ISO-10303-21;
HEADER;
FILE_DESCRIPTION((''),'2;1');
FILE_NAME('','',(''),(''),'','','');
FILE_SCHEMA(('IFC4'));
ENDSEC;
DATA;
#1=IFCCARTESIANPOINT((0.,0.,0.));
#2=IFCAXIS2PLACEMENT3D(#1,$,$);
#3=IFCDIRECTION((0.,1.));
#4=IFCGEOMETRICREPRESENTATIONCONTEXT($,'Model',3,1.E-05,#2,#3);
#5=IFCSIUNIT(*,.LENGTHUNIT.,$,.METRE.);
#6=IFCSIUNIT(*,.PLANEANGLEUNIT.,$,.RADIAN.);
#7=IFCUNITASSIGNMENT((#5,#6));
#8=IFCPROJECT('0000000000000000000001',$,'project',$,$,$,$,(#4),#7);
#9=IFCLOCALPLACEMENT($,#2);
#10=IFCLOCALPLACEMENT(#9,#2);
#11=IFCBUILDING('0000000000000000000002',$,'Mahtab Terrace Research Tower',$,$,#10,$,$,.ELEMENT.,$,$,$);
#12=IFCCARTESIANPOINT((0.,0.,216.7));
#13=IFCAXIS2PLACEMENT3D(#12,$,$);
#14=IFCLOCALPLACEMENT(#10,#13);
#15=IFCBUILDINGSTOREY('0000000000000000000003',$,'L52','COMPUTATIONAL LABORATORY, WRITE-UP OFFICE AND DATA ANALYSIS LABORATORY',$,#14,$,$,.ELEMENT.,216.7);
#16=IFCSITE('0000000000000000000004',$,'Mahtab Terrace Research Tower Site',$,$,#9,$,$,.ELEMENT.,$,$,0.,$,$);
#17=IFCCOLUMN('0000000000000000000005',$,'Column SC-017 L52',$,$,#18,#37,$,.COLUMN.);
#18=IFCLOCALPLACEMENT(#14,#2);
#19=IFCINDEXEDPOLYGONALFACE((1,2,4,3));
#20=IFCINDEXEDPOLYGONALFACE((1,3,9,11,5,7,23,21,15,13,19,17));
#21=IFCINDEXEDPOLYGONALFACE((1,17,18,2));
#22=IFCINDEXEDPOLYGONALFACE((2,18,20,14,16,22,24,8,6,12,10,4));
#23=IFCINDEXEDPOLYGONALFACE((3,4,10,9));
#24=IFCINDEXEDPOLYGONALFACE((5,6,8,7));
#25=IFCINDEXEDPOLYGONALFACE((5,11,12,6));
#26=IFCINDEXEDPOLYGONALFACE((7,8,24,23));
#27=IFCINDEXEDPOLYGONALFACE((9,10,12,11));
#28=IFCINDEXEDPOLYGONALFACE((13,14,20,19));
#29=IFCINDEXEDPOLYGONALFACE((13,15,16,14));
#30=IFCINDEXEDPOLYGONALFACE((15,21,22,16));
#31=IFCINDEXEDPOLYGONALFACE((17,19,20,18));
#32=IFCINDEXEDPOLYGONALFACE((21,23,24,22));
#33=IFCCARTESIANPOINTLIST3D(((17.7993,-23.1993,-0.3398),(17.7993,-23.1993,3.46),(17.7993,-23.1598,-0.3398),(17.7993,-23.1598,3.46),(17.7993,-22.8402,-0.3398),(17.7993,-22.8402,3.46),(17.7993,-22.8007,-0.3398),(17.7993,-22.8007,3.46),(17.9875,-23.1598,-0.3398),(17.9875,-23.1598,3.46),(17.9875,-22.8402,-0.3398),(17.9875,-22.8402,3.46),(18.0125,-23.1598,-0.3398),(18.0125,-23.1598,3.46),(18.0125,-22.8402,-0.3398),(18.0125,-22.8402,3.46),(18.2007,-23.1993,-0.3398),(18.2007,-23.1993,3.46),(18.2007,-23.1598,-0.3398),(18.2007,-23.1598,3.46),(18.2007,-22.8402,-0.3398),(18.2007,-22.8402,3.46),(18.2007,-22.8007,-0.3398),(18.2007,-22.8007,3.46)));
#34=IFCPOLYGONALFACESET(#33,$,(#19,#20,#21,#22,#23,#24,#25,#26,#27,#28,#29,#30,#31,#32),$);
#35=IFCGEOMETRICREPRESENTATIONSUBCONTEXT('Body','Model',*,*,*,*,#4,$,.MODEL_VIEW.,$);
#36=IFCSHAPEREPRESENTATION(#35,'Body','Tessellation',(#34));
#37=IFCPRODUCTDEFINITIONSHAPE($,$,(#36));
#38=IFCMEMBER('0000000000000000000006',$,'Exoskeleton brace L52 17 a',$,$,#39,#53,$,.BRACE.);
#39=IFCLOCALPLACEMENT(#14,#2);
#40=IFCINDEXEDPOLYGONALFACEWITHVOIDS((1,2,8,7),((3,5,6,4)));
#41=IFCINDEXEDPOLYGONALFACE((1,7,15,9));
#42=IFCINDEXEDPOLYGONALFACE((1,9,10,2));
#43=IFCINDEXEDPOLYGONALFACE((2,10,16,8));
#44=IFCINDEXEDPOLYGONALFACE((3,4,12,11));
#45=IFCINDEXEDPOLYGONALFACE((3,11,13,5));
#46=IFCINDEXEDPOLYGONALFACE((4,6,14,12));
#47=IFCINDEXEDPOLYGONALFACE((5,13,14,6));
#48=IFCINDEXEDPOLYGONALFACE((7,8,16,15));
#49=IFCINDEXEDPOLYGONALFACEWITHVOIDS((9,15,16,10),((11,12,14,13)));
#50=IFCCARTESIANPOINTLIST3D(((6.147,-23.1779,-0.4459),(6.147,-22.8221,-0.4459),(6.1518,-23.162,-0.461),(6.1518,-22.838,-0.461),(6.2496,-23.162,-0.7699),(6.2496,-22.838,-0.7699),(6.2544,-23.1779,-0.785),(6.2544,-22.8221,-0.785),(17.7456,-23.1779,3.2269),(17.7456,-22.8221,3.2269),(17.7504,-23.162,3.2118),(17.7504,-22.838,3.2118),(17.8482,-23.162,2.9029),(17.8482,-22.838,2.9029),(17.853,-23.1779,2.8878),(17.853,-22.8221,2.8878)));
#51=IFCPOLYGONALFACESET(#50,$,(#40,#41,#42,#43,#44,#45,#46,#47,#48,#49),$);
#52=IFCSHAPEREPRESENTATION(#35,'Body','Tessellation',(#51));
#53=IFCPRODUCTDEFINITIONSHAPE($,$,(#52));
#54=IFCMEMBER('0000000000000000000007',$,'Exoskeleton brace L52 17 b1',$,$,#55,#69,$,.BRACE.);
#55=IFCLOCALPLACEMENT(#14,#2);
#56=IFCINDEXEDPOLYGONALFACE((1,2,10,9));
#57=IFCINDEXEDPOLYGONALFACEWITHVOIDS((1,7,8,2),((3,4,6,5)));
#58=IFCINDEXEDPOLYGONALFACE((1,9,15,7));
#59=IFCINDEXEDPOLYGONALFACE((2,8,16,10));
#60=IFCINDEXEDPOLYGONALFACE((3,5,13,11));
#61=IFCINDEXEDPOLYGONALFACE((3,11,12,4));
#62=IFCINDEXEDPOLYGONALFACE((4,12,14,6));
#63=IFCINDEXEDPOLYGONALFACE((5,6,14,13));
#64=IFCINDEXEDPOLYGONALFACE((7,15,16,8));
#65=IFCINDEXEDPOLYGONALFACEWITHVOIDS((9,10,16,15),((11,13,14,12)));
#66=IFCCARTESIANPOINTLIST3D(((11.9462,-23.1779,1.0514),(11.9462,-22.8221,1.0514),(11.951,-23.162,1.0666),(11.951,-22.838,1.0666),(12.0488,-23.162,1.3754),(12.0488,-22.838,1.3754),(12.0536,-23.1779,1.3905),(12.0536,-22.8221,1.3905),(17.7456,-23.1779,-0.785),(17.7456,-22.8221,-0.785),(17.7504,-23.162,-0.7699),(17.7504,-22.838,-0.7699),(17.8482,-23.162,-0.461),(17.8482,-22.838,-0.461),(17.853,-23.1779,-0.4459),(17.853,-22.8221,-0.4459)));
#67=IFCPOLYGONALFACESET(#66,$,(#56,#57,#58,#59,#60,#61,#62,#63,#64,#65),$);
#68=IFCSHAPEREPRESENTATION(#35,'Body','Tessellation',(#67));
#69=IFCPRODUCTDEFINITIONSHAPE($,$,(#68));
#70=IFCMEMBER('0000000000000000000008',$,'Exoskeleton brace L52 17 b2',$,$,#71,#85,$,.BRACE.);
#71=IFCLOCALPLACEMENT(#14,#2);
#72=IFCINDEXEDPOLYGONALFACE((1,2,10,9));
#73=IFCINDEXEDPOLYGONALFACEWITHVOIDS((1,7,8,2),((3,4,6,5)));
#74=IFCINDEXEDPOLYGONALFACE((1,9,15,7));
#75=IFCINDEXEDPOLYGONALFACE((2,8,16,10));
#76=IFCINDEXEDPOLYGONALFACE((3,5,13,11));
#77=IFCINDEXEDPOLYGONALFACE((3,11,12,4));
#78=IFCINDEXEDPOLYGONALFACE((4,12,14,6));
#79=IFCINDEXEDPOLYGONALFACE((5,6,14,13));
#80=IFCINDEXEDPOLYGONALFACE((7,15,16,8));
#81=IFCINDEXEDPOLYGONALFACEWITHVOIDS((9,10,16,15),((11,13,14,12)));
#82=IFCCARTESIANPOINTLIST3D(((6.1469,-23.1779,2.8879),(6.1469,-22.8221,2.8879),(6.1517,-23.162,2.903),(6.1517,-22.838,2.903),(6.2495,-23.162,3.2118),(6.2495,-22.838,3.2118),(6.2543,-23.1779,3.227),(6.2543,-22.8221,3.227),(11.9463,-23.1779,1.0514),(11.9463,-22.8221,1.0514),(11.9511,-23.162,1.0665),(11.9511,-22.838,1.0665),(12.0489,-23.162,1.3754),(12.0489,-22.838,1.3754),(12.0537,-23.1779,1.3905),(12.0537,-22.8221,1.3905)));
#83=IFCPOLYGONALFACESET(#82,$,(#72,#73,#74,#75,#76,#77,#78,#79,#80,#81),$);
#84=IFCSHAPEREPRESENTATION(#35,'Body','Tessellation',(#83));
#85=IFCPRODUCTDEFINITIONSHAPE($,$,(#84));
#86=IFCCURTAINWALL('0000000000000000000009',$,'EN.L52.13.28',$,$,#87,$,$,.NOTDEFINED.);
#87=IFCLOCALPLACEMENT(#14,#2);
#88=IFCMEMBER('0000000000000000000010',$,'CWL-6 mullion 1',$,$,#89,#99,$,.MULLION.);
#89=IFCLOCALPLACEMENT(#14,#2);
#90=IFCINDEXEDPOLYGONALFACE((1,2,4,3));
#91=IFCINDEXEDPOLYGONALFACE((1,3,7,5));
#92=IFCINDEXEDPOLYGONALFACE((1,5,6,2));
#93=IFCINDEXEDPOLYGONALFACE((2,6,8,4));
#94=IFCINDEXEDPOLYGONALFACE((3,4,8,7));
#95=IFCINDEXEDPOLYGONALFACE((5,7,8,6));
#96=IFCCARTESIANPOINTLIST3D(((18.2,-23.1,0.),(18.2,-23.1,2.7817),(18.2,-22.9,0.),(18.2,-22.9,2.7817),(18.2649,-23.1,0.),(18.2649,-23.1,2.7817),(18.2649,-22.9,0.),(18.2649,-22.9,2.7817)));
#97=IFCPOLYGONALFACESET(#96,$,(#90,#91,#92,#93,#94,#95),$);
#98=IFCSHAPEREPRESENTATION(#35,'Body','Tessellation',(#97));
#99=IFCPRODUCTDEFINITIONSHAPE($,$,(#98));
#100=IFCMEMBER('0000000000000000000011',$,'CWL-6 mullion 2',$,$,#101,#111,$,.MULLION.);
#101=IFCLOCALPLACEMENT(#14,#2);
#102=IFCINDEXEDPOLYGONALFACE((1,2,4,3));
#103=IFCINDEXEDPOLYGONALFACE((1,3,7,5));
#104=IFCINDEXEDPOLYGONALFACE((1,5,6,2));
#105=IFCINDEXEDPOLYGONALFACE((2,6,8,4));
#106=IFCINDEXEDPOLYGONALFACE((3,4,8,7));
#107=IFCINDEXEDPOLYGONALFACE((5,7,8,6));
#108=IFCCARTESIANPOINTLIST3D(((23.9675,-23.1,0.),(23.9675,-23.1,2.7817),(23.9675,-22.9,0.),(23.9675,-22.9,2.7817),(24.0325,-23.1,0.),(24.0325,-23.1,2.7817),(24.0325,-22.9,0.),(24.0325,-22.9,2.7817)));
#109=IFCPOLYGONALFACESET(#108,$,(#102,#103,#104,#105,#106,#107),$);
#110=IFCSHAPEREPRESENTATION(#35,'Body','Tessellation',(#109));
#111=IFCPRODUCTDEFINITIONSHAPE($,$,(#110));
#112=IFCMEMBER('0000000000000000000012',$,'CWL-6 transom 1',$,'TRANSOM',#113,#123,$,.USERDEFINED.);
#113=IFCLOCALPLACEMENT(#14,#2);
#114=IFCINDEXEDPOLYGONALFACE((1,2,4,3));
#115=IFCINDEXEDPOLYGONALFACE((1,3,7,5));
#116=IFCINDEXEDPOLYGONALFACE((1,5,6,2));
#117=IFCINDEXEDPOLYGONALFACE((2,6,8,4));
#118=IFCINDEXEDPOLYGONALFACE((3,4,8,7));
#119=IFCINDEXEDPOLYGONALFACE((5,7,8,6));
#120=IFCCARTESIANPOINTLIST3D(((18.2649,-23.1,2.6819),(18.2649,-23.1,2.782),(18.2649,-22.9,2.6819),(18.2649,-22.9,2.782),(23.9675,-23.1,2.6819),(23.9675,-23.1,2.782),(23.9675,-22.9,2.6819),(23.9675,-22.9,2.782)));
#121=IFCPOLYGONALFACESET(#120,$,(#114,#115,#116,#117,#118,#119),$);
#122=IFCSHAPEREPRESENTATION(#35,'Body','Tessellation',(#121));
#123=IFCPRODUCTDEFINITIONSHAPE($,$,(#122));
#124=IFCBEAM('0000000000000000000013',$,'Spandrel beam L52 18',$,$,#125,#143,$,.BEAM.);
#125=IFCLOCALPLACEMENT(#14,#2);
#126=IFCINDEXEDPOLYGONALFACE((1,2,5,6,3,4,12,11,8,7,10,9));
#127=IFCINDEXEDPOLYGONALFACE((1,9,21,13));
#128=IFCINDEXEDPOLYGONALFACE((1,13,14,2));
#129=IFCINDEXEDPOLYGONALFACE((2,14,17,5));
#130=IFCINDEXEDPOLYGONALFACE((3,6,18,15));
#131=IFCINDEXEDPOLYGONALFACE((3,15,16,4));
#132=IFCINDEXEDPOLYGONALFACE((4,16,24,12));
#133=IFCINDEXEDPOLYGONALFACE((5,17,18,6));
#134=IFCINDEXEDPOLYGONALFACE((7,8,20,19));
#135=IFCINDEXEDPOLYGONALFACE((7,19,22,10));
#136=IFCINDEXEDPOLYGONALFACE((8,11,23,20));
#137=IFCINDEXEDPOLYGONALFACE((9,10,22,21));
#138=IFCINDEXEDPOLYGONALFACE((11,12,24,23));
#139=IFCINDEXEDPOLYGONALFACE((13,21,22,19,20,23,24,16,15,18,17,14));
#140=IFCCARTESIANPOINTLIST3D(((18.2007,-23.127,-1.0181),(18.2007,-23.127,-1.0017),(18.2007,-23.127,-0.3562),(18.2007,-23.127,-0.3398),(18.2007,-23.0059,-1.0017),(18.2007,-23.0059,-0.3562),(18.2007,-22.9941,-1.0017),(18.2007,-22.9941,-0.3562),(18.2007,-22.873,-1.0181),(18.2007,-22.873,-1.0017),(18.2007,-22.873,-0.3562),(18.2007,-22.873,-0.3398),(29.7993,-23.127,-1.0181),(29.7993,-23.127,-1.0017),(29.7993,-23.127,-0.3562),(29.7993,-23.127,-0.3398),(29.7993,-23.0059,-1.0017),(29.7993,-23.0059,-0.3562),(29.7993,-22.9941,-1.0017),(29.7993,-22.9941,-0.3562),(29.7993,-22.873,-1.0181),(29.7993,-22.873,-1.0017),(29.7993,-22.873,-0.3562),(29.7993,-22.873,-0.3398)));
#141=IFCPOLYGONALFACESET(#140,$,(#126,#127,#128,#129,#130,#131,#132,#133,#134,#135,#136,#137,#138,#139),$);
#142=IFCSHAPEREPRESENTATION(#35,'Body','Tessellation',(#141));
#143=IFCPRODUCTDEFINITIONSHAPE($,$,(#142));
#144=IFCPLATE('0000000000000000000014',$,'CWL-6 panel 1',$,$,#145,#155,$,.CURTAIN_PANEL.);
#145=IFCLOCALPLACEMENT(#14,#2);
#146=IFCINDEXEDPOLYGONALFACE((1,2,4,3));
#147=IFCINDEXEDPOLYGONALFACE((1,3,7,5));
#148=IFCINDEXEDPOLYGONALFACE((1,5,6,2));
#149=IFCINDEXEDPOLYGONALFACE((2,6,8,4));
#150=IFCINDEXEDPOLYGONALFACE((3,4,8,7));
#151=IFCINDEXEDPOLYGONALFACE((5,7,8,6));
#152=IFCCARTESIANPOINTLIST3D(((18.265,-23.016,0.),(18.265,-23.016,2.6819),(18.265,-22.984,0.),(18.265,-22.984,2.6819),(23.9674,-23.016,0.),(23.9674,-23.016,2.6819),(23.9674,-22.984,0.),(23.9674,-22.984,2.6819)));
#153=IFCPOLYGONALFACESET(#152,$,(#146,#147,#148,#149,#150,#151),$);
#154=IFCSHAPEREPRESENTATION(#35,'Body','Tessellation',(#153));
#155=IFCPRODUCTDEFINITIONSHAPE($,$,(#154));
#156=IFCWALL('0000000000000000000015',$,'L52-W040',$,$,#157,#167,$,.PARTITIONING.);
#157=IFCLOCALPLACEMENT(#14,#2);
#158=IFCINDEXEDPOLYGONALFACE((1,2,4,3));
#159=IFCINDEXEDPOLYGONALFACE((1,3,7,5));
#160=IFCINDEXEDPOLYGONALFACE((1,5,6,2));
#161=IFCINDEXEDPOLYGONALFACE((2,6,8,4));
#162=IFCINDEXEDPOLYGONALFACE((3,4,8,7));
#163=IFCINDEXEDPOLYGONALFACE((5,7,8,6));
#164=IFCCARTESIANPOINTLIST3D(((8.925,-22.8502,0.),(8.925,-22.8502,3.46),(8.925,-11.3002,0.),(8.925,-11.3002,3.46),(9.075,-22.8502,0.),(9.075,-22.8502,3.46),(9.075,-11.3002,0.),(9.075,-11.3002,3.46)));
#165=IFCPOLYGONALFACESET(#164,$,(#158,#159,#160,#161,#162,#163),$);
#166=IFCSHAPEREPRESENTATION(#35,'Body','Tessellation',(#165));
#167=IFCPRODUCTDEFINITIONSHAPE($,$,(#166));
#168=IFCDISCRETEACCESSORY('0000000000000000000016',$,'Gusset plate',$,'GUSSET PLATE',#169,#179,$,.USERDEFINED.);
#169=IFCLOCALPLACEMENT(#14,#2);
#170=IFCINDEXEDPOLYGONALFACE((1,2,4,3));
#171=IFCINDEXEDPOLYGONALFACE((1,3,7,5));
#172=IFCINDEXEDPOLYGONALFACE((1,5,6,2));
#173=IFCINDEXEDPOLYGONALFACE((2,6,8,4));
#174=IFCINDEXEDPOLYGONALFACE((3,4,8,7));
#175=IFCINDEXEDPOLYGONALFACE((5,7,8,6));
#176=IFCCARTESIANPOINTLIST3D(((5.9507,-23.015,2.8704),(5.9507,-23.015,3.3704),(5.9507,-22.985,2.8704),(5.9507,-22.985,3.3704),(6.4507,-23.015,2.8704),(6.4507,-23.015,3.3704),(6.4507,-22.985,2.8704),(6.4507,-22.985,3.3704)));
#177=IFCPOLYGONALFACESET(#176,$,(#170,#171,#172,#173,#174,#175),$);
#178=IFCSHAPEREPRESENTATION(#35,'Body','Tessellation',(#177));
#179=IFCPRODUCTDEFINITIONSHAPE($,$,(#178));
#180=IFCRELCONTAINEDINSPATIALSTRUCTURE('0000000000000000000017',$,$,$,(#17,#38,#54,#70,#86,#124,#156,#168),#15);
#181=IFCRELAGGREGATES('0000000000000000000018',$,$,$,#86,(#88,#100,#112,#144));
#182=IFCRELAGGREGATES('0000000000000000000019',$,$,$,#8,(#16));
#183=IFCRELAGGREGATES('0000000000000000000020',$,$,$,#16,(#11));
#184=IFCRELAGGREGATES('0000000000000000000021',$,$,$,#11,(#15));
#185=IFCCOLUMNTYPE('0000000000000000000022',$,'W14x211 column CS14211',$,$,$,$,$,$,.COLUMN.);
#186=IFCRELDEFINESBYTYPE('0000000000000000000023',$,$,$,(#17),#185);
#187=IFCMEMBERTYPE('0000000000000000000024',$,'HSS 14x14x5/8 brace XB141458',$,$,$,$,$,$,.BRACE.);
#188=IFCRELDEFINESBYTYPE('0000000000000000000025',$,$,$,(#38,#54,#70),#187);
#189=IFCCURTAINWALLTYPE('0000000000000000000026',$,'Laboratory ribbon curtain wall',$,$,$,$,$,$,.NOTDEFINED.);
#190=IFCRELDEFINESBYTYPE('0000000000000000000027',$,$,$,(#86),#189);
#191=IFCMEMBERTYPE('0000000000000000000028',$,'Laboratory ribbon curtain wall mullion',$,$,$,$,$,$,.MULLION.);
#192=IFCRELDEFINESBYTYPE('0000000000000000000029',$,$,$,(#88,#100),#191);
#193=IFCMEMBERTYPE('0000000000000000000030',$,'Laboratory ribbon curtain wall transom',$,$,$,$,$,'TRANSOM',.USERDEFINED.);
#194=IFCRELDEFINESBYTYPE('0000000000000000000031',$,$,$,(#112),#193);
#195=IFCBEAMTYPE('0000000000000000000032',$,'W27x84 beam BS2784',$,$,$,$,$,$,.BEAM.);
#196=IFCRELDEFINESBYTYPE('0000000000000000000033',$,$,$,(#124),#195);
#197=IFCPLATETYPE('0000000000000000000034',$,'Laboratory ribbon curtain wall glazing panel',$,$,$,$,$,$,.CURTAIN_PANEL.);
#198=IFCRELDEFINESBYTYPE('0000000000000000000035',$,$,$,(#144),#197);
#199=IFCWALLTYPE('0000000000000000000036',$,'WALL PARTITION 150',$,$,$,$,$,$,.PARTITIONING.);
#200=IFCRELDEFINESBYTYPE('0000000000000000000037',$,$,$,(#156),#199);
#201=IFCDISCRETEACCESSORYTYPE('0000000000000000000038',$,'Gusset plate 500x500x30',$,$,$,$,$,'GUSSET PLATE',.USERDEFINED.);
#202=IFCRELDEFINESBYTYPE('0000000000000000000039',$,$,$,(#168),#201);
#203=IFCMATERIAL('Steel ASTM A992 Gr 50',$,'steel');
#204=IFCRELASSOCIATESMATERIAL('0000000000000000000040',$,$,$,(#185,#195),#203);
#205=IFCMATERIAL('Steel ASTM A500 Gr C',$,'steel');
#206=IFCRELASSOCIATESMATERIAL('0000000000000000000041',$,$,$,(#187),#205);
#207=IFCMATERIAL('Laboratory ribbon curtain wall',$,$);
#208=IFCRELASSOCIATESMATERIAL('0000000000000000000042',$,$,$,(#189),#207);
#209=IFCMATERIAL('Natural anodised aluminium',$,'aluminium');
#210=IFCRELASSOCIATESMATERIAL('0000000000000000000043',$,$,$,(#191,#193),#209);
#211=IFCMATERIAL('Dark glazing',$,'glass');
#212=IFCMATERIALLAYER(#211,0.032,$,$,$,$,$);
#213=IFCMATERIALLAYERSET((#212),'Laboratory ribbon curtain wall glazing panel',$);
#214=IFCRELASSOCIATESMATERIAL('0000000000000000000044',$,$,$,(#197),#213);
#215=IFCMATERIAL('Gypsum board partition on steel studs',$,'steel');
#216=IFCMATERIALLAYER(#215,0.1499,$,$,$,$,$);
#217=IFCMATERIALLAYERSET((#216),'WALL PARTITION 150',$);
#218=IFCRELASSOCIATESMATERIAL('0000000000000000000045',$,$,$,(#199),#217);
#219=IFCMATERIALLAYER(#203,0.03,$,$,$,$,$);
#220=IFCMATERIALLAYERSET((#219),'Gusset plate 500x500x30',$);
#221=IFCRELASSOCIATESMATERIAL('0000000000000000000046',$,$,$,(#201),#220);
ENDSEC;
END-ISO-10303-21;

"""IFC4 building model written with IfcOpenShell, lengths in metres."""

from ifc_helpers import new_model, si_unit, direction, frame, frame_2d, origin, origin_2d, place, context, subcontext, project, spatial, rectangle, hollow_rectangle, i_section, extrude, material, layer, layer_set, material_profile, profile_set, type_object, element, aggregate, save


model = new_model("IFC4")

# Units and contexts
model_context = context("Model", 3, precision=1e-05, world=origin(), true_north=direction((0.0, 1.0)))
body_context = subcontext(model_context, "Body", "Model", "MODEL_VIEW")
ifc_project = project(units=[si_unit("LENGTHUNIT", "METRE"), si_unit("PLANEANGLEUNIT", "RADIAN")], contexts=[model_context])

# Site, building, storey
site_placement = place(None, origin())
site = spatial("IfcSite", under=ifc_project, at=site_placement, Name="Mahtab Terrace Research Tower Site", CompositionType="ELEMENT", RefElevation=0.0)
building_placement = place(site_placement, origin())
building = spatial("IfcBuilding", under=site, at=building_placement, Name="Mahtab Terrace Research Tower", CompositionType="ELEMENT")
storey_placement = place(building_placement, frame((0.0, 0.0, 216.7)))
storey = spatial("IfcBuildingStorey", under=building, at=storey_placement, Name="L52", Description="COMPUTATIONAL LABORATORY, WRITE-UP OFFICE AND DATA ANALYSIS LABORATORY", CompositionType="ELEMENT", Elevation=216.7)

# Column
ifc_material_1 = material(Name="Steel ASTM A992 Gr 50", Category="steel")
ifc_material_profile_1 = material_profile(ifc_material_1, i_section(OverallWidth=0.4014, OverallDepth=0.3987, WebThickness=0.0249, FlangeThickness=0.0396, at=origin_2d()), Name="W14X211")
ifc_profile_set_1 = profile_set([ifc_material_profile_1], Name="Steel ASTM A992 Gr 50")
column_type = type_object("IfcColumnType", Name="W14x211 column CS14211", PredefinedType="COLUMN", material=ifc_profile_set_1)
column_placement = place(storey_placement, frame((18.0, -23.0, -0.3398), z_axis=(0.0, 0.0, 1.0), x_axis=(1.0, 0.0, 0.0)))
element("IfcColumn", 1, at=column_placement, inside=storey, type_object=column_type, Name="Column SC-017 L52", PredefinedType="COLUMN", context=body_context, shape_type="SweptSolid", body=[
    extrude(i_section(OverallWidth=0.4014, OverallDepth=0.3987, WebThickness=0.0249, FlangeThickness=0.0396, at=origin_2d()), origin(), (0.0, 0.0, 1.0), 3.7998),
])

# Members
ifc_material_2 = material(Name="Steel ASTM A500 Gr C", Category="steel")
ifc_material_profile_2 = material_profile(ifc_material_2, hollow_rectangle(XDim=0.3557, YDim=0.3557, WallThickness=0.0159, at=origin_2d()), Name="HSS14X14X5/8")
ifc_profile_set_2 = profile_set([ifc_material_profile_2], Name="Steel ASTM A500 Gr C")
member_type_1 = type_object("IfcMemberType", Name="HSS 14x14x5/8 brace XB141458", PredefinedType="BRACE", material=ifc_profile_set_2)
member_1_placement = place(storey_placement, frame((6.2007, -23.0, -0.6155), z_axis=(0.953343, 0.0, 0.301888), x_axis=(0.0, 1.0, 0.0)))
element("IfcMember", 2, at=member_1_placement, inside=storey, type_object=member_type_1, Name="Exoskeleton brace L52 17 a", PredefinedType="BRACE", context=body_context, shape_type="SweptSolid", body=[
    extrude(hollow_rectangle(XDim=0.3557, YDim=0.3557, WallThickness=0.0159, at=origin_2d()), origin(), (0.0, 0.0, 1.0), 12.1663),
])
for number, where, z_axis, x_axis, name in (
    (3, (17.7993, -23.0, -0.6155), (-0.953343, 0.0, 0.301888), (0.0, -1.0, 0.0), "Exoskeleton brace L52 17 b1"),
    (4, (12.0, -23.0, 1.2209), (-0.953343, 0.0, 0.301888), (0.0, -1.0, 0.0), "Exoskeleton brace L52 17 b2"),
):
    element("IfcMember", number, at=place(storey_placement, frame(where, z_axis=z_axis, x_axis=x_axis)), inside=storey, type_object=member_type_1, Name=name, PredefinedType="BRACE", context=body_context, shape_type="SweptSolid", body=[
        extrude(hollow_rectangle(XDim=0.3557, YDim=0.3557, WallThickness=0.0159, at=origin_2d()), origin(), (0.0, 0.0, 1.0), 6.0833),
    ])

# Curtain wall, members
ifc_material_3 = material(Name="Laboratory ribbon curtain wall")
curtain_wall_type = type_object("IfcCurtainWallType", Name="Laboratory ribbon curtain wall", PredefinedType="NOTDEFINED", material=ifc_material_3)
curtain_wall_placement = place(storey_placement, origin())
curtain_wall = element("IfcCurtainWall", 5, at=curtain_wall_placement, inside=storey, type_object=curtain_wall_type, Name="EN.L52.13.28", PredefinedType="NOTDEFINED")
ifc_material_4 = material(Name="Natural anodised aluminium", Category="aluminium")
ifc_material_profile_3 = material_profile(ifc_material_4, rectangle(XDim=0.2, YDim=0.0649, at=origin_2d()), Name="MULLION 65x200")
ifc_profile_set_3 = profile_set([ifc_material_profile_3], Name="Natural anodised aluminium")
member_type_2 = type_object("IfcMemberType", Name="Laboratory ribbon curtain wall mullion", PredefinedType="MULLION", material=ifc_profile_set_3)
member_2_placement = place(storey_placement, frame((18.2324, -23.0, 0.0), z_axis=(0.0, 0.0, 1.0), x_axis=(0.0, 1.0, 0.0)))
member_2 = element("IfcMember", 6, at=member_2_placement, type_object=member_type_2, Name="CWL-6 mullion 1", PredefinedType="MULLION", context=body_context, shape_type="SweptSolid", body=[
    extrude(rectangle(XDim=0.2, YDim=0.0649, at=origin_2d()), origin(), (0.0, 0.0, 1.0), 2.7817),
])
member_3_placement = place(storey_placement, frame((24.0, -23.0, 0.0), z_axis=(0.0, 0.0, 1.0), x_axis=(0.0, 1.0, 0.0)))
member_3 = element("IfcMember", 7, at=member_3_placement, type_object=member_type_2, Name="CWL-6 mullion 2", PredefinedType="MULLION", context=body_context, shape_type="SweptSolid", body=[
    extrude(rectangle(XDim=0.2, YDim=0.0649, at=origin_2d()), origin(), (0.0, 0.0, 1.0), 2.7817),
])
ifc_material_profile_4 = material_profile(ifc_material_4, rectangle(XDim=0.2, YDim=0.1001, at=origin_2d()), Name="TRANSOM 100x200")
ifc_profile_set_4 = profile_set([ifc_material_profile_4], Name="Natural anodised aluminium")
member_type_3 = type_object("IfcMemberType", Name="Laboratory ribbon curtain wall transom", ElementType="TRANSOM", PredefinedType="USERDEFINED", material=ifc_profile_set_4)
member_4_placement = place(storey_placement, frame((18.2649, -23.0, 2.7319), z_axis=(1.0, 0.0, 0.0), x_axis=(0.0, 1.0, 0.0)))
member_4 = element("IfcMember", 8, at=member_4_placement, type_object=member_type_3, Name="CWL-6 transom 1", ObjectType="TRANSOM", PredefinedType="USERDEFINED", context=body_context, shape_type="SweptSolid", body=[
    extrude(rectangle(XDim=0.2, YDim=0.1001, at=origin_2d()), origin(), (0.0, 0.0, 1.0), 5.7026),
])

# Beam
ifc_material_profile_5 = material_profile(ifc_material_1, i_section(OverallWidth=0.2539, OverallDepth=0.6782, WebThickness=0.0117, FlangeThickness=0.0164, at=origin_2d()), Name="W27X84")
ifc_profile_set_5 = profile_set([ifc_material_profile_5], Name="Steel ASTM A992 Gr 50")
beam_type = type_object("IfcBeamType", Name="W27x84 beam BS2784", PredefinedType="BEAM", material=ifc_profile_set_5)
beam_placement = place(storey_placement, frame((18.2007, -23.0, -0.679), z_axis=(1.0, 0.0, 0.0), x_axis=(0.0, 1.0, 0.0)))
element("IfcBeam", 9, at=beam_placement, inside=storey, type_object=beam_type, Name="Spandrel beam L52 18", PredefinedType="BEAM", context=body_context, shape_type="SweptSolid", body=[
    extrude(i_section(OverallWidth=0.2539, OverallDepth=0.6782, WebThickness=0.0117, FlangeThickness=0.0164, at=origin_2d()), origin(), (0.0, 0.0, 1.0), 11.5986),
])

# Plate
ifc_material_5 = material(Name="Dark glazing", Category="glass")
ifc_layer_1 = layer(ifc_material_5, 0.032)
ifc_layer_set_1 = layer_set([ifc_layer_1], Name="Laboratory ribbon curtain wall glazing panel")
plate_type = type_object("IfcPlateType", Name="Laboratory ribbon curtain wall glazing panel", PredefinedType="CURTAIN_PANEL", material=ifc_layer_set_1)
plate_placement = place(storey_placement, frame((21.1162, -23.0, 0.0), z_axis=(0.0, 0.0, 1.0), x_axis=(1.0, 0.0, 0.0)))
plate = element("IfcPlate", 10, at=plate_placement, type_object=plate_type, Name="CWL-6 panel 1", PredefinedType="CURTAIN_PANEL", context=body_context, shape_type="SweptSolid", body=[
    extrude(rectangle(XDim=5.7024, YDim=0.032, at=origin_2d()), origin(), (0.0, 0.0, 1.0), 2.6819),
])
aggregate(curtain_wall, [member_2, member_3, member_4, plate])

# Wall
ifc_material_6 = material(Name="Gypsum board partition on steel studs", Category="steel")
ifc_layer_2 = layer(ifc_material_6, 0.1499)
ifc_layer_set_2 = layer_set([ifc_layer_2], Name="WALL PARTITION 150")
wall_type = type_object("IfcWallType", Name="WALL PARTITION 150", PredefinedType="PARTITIONING", material=ifc_layer_set_2)
wall_placement = place(storey_placement, frame((9.0, -22.8501, 0.0), z_axis=(0.0, 0.0, 1.0), x_axis=(0.0, 1.0, 0.0)))
element("IfcWall", 11, at=wall_placement, inside=storey, type_object=wall_type, Name="L52-W040", PredefinedType="PARTITIONING", context=body_context, shape_type="SweptSolid", body=[
    extrude(rectangle(XDim=11.55, YDim=0.1499, at=frame_2d((5.7749, 0.0))), origin(), (0.0, 0.0, 1.0), 3.46),
])

# Discrete accessory
ifc_layer_3 = layer(ifc_material_1, 0.03)
ifc_layer_set_3 = layer_set([ifc_layer_3], Name="Gusset plate 500x500x30")
discrete_accessory_type = type_object("IfcDiscreteAccessoryType", Name="Gusset plate 500x500x30", ElementType="GUSSET PLATE", PredefinedType="USERDEFINED", material=ifc_layer_set_3)
for number, where, z_axis, x_axis, name in (
    (12, (6.2007, -23.0, 2.8704), (0.0, 0.0, 1.0), (1.0, 0.0, 0.0), "Gusset plate"),
):
    element("IfcDiscreteAccessory", number, at=place(storey_placement, frame(where, z_axis=z_axis, x_axis=x_axis)), inside=storey, type_object=discrete_accessory_type, Name=name, ObjectType="GUSSET PLATE", PredefinedType="USERDEFINED", context=body_context, shape_type="SweptSolid", body=[
        extrude(rectangle(XDim=0.5, YDim=0.03, at=origin_2d()), origin(), (0.0, 0.0, 1.0), 0.5),
    ])

save(model, "model.ifc")
